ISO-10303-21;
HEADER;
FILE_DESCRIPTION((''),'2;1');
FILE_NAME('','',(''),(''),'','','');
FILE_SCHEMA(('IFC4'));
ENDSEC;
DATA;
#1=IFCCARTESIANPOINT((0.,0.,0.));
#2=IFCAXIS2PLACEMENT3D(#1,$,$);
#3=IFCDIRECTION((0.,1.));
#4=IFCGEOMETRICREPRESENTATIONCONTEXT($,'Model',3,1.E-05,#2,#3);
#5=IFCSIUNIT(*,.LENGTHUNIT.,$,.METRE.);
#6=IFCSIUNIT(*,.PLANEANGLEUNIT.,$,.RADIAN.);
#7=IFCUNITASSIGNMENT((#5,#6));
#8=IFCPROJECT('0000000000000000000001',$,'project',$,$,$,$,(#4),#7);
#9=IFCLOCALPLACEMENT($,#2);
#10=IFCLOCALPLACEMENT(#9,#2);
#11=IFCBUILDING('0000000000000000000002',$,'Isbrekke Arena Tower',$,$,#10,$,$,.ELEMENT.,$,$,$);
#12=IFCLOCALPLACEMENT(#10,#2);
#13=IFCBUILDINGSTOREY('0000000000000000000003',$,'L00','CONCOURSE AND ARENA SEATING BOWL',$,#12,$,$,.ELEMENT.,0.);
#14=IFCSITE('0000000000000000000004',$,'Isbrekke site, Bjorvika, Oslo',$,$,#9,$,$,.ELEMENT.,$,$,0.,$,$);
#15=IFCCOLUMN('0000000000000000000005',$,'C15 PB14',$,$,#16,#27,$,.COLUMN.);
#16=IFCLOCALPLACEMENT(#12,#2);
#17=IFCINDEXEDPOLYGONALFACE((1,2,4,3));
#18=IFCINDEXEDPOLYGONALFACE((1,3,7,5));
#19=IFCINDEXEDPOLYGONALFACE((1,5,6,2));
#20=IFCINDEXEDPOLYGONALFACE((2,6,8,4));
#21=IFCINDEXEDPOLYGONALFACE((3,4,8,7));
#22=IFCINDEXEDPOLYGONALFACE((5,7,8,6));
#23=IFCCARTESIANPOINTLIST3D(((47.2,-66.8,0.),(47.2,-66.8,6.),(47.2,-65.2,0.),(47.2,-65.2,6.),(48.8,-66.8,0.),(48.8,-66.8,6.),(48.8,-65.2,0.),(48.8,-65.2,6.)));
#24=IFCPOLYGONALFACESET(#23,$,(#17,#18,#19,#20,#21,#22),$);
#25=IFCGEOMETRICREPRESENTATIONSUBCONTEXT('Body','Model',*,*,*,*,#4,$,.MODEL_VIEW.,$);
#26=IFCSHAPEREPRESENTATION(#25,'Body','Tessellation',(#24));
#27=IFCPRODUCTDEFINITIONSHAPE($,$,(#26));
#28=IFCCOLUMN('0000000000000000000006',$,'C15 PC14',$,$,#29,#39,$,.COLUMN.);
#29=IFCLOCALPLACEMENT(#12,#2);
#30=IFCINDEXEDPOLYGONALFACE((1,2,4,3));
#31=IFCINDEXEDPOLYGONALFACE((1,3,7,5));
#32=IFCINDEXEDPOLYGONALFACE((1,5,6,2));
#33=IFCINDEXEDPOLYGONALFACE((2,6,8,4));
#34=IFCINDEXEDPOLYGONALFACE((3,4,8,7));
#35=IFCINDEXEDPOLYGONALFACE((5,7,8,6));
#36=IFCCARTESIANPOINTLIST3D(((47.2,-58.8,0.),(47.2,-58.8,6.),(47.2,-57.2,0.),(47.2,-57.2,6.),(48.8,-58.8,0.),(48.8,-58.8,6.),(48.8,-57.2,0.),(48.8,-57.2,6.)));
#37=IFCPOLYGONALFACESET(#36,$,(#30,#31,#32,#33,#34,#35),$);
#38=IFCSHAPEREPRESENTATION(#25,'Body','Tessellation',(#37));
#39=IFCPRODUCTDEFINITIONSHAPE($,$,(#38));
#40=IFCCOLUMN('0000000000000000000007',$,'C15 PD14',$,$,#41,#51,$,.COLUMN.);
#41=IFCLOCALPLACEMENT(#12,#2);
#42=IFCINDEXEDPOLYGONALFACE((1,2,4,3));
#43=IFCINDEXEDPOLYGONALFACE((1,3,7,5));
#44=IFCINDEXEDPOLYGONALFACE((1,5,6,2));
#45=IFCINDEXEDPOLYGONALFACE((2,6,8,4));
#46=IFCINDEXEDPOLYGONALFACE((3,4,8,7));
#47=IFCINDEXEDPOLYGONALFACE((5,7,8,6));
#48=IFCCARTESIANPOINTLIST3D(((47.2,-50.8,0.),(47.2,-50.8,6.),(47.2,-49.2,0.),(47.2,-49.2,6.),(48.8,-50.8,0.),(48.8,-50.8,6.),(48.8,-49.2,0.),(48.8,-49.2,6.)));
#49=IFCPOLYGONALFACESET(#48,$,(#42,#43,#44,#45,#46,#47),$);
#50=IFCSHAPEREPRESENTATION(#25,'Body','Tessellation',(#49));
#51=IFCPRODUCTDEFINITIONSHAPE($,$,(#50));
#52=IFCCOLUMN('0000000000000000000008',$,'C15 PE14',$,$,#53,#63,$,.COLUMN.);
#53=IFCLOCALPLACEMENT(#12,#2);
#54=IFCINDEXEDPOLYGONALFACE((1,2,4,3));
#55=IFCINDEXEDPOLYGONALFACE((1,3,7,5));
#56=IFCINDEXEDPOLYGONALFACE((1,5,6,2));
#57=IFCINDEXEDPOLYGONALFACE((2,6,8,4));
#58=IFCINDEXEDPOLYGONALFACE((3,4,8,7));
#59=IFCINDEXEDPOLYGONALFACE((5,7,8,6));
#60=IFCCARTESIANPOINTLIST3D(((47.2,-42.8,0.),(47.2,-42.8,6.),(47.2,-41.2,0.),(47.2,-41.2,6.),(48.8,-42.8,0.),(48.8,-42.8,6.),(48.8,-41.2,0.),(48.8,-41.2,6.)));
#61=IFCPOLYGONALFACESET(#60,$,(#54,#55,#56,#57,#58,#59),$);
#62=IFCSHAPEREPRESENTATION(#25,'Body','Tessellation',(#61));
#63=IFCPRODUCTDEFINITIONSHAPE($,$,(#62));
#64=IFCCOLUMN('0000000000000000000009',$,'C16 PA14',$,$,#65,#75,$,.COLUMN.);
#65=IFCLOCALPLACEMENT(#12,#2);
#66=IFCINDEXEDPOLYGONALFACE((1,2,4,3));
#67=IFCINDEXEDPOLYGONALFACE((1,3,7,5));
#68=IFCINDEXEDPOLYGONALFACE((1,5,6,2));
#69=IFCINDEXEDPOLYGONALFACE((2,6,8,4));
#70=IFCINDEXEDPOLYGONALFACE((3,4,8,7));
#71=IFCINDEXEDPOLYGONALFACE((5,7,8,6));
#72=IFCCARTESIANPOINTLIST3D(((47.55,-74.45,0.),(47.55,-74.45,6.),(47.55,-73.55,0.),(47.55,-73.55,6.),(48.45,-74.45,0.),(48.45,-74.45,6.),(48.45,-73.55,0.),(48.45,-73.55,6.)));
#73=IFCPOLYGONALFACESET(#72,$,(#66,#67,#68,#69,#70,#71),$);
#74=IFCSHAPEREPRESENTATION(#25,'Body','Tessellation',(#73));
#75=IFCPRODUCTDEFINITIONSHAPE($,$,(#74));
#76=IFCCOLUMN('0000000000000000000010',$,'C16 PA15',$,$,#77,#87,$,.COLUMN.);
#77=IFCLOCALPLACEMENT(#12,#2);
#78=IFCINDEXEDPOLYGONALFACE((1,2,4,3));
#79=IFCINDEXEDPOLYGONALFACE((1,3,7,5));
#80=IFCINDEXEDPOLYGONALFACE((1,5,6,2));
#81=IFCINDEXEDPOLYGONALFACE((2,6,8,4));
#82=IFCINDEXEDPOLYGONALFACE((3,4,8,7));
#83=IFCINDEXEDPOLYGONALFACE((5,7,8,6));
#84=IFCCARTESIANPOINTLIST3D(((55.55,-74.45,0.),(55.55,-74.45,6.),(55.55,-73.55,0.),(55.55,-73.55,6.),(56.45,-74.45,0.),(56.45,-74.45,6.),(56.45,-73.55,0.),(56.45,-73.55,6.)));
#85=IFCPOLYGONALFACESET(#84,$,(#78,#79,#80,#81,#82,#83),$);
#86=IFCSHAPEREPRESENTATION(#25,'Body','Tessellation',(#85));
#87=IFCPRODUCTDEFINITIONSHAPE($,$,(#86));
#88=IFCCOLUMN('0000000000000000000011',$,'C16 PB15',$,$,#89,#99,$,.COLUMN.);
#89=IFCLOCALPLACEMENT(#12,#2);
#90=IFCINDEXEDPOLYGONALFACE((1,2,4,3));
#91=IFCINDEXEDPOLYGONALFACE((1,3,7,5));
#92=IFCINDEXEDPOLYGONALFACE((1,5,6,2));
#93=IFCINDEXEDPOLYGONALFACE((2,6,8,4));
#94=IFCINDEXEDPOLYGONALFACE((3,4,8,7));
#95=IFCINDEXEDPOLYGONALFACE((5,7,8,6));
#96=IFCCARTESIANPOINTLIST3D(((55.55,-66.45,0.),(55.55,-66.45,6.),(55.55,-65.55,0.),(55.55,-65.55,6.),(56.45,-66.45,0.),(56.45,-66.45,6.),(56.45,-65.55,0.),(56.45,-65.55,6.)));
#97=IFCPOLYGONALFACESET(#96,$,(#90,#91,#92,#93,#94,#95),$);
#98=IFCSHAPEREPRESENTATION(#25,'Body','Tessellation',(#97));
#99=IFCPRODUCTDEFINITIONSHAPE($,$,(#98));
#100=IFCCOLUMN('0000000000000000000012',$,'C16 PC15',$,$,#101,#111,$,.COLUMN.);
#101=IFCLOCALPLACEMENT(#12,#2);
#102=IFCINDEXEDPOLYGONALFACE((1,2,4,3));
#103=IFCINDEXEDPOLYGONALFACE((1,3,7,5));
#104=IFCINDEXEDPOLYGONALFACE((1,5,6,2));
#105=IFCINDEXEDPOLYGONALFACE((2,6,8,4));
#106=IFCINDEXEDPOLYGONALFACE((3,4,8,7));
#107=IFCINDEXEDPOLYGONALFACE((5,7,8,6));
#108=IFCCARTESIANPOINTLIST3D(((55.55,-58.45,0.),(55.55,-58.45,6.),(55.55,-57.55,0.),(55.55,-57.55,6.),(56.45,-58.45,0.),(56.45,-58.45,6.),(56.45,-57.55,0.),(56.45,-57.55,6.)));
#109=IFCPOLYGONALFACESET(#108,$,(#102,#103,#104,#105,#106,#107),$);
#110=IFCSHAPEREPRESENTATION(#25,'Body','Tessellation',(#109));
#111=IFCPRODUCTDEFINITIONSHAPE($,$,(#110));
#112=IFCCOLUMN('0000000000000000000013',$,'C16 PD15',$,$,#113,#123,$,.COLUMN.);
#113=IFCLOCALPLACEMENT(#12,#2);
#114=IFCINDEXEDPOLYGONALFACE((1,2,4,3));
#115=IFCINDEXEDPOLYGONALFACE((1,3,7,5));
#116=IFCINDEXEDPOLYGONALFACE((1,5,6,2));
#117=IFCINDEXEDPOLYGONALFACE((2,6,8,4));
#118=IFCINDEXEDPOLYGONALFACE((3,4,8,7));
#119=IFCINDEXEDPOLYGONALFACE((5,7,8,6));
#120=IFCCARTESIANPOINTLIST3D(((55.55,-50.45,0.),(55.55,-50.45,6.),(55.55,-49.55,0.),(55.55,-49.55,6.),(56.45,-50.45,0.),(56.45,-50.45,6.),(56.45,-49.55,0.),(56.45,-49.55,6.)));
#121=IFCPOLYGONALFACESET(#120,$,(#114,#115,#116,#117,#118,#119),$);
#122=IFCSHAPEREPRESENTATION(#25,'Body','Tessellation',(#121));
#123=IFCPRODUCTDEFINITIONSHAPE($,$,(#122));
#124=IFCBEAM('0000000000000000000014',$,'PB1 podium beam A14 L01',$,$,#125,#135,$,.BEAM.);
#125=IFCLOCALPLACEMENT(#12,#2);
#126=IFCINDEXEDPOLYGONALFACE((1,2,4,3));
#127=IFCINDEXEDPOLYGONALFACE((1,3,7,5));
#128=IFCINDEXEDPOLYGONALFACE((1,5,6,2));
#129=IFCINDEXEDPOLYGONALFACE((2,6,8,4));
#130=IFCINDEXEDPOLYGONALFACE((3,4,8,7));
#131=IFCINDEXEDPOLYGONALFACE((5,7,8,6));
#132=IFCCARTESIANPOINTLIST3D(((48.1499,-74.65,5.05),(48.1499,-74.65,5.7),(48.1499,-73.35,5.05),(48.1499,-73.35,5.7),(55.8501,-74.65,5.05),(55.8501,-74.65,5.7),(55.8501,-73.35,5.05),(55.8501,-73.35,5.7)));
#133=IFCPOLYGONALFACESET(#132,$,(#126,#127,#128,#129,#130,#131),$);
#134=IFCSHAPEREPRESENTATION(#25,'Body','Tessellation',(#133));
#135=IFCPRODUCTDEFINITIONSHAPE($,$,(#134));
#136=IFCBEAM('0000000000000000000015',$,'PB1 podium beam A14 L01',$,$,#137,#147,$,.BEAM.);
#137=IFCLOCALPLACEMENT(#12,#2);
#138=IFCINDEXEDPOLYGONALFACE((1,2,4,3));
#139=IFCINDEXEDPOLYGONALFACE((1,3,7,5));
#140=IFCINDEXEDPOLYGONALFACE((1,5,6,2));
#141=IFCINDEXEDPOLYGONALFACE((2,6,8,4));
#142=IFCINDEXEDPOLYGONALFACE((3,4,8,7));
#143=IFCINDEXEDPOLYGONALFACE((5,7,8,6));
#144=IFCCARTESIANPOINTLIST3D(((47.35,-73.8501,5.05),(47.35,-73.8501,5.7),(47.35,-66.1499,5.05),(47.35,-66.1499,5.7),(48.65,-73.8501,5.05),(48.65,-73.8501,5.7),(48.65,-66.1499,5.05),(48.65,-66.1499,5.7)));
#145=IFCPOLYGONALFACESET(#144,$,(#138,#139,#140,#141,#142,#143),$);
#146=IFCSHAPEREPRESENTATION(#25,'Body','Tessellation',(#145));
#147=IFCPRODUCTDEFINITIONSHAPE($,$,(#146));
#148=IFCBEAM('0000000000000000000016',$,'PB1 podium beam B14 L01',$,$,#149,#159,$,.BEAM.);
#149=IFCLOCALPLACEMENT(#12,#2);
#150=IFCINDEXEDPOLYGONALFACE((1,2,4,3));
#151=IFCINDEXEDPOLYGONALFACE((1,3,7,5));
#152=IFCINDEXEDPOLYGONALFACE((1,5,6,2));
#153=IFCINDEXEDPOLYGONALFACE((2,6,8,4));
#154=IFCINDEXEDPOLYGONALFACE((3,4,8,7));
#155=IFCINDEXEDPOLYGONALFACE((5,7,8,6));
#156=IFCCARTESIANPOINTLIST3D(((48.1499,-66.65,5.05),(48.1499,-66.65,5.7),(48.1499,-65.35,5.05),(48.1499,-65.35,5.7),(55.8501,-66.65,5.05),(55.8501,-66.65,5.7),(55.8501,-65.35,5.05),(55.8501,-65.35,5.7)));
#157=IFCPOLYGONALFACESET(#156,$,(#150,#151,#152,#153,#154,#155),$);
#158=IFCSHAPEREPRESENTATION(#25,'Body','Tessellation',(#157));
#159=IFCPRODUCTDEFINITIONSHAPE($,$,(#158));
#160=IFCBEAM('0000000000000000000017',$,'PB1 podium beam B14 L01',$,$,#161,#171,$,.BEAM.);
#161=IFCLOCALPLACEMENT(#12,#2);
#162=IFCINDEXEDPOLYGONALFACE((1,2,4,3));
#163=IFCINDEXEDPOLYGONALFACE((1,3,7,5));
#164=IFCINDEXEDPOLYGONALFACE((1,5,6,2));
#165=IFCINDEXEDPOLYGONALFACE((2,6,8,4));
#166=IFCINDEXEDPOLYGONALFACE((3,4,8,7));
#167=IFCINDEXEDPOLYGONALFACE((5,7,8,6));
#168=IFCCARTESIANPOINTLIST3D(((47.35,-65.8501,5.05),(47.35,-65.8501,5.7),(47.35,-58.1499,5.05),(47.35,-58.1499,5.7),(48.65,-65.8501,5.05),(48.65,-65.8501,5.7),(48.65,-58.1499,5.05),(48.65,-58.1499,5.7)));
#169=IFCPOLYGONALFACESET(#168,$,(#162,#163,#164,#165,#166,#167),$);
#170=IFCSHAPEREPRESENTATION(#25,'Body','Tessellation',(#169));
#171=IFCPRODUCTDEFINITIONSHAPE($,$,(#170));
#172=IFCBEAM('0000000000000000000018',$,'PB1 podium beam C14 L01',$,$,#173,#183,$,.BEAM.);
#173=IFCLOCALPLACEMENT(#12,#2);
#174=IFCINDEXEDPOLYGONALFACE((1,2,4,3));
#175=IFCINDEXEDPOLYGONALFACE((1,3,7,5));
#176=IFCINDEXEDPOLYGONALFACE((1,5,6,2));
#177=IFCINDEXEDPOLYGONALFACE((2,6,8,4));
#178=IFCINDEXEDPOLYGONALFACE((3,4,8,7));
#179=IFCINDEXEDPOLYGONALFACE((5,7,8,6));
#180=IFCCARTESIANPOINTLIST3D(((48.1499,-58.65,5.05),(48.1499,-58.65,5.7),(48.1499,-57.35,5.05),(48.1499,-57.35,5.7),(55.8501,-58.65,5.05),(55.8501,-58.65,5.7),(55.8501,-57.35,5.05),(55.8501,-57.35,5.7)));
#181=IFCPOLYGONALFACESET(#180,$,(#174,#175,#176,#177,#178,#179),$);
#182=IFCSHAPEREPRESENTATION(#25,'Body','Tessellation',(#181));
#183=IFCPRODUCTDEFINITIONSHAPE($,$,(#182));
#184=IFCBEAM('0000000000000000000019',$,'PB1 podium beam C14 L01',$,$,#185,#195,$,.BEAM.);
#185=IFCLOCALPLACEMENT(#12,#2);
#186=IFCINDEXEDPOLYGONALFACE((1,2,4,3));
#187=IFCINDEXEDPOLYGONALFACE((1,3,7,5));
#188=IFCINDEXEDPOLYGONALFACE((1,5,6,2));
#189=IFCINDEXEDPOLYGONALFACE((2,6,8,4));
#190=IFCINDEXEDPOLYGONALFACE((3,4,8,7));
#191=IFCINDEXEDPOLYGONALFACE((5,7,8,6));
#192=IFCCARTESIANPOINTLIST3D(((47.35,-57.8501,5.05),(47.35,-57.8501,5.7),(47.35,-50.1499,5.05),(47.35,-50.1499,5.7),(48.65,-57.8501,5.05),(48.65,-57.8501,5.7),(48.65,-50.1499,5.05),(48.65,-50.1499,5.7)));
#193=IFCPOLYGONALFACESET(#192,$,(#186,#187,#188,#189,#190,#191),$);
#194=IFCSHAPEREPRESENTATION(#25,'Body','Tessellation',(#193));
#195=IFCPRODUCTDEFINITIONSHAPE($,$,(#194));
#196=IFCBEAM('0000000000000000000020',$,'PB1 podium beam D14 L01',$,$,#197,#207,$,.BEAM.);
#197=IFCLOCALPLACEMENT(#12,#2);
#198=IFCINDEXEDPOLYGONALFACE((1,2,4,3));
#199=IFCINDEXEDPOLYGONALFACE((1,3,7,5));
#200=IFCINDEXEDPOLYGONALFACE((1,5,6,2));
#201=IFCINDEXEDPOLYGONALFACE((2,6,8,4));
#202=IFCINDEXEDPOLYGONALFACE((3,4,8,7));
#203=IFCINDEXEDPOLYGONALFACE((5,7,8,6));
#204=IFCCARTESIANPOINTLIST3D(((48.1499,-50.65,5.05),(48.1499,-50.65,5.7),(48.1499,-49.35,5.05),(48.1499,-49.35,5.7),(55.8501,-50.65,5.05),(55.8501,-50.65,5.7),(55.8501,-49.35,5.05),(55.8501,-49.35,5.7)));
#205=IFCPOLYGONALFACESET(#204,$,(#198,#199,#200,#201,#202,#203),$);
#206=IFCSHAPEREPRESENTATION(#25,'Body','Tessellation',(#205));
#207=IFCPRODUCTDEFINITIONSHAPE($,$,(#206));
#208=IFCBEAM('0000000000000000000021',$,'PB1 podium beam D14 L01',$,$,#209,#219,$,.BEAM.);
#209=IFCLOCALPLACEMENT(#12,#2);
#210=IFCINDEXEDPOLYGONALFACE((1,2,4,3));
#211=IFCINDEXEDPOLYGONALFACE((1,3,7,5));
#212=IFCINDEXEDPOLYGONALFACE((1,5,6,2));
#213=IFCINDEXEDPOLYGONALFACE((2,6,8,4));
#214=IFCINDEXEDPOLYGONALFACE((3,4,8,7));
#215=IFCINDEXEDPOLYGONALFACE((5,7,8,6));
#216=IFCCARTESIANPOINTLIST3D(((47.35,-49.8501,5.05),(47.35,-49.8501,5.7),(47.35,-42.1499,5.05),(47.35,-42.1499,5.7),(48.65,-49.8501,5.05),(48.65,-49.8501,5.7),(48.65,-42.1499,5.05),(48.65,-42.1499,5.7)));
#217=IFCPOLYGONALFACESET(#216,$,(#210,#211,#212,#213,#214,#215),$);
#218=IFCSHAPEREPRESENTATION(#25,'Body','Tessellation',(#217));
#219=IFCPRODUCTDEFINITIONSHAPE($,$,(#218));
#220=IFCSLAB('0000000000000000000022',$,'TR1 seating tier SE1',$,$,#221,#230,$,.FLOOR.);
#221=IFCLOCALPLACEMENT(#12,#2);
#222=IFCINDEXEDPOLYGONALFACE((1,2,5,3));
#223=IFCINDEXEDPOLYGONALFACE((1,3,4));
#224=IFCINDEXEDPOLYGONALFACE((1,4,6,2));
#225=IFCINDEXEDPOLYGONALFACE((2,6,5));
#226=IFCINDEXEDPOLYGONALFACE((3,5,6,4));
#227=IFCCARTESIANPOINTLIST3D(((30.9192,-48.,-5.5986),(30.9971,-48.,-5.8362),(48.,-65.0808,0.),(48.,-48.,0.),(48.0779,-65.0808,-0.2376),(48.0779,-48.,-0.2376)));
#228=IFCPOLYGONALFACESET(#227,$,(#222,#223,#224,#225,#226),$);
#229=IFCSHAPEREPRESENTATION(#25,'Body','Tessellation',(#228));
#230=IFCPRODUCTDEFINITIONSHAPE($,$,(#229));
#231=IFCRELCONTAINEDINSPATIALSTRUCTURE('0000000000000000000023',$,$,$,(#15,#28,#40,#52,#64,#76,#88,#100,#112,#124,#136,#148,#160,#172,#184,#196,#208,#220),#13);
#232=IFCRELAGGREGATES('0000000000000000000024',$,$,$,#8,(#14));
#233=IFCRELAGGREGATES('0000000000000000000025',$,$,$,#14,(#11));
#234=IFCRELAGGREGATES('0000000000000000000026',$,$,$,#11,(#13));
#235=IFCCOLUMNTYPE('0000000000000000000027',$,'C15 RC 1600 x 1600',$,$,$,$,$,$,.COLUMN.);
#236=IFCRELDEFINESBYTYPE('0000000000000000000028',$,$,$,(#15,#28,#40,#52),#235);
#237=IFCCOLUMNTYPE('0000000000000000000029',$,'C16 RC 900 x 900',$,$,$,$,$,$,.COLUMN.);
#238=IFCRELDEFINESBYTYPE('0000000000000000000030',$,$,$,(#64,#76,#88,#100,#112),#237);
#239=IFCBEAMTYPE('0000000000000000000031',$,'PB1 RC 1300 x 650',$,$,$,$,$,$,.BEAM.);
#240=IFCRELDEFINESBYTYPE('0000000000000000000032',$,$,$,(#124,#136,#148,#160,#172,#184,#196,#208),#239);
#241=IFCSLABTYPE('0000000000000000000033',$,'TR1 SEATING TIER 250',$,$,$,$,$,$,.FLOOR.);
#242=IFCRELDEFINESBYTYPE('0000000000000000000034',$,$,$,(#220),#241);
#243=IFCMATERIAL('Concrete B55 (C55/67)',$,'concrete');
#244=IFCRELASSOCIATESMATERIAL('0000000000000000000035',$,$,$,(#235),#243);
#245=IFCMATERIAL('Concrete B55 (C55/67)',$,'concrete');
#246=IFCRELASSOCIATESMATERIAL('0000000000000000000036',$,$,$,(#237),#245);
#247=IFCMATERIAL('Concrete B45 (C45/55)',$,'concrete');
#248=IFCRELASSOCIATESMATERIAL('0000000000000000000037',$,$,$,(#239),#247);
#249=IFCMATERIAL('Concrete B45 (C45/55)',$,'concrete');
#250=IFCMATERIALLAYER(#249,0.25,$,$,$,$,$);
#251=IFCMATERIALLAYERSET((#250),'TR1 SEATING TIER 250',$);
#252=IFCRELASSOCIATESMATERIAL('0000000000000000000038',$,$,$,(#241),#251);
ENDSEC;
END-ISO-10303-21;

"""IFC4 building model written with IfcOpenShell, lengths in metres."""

from ifc_helpers import new_model, si_unit, direction, frame, origin, origin_2d, place, context, subcontext, project, spatial, polyline, rectangle, outline, extrude, material, layer, layer_set, material_profile, profile_set, type_object, element, save


model = new_model("IFC4")

# Units and contexts
model_context = context("Model", 3, precision=1e-05, world=origin(), true_north=direction((0.0, 1.0)))
body_context = subcontext(model_context, "Body", "Model", "MODEL_VIEW")
ifc_project = project(units=[si_unit("LENGTHUNIT", "METRE"), si_unit("PLANEANGLEUNIT", "RADIAN")], contexts=[model_context])

# Site, building, storey
site_placement = place(None, origin())
site = spatial("IfcSite", under=ifc_project, at=site_placement, Name="Isbrekke site, Bjorvika, Oslo", CompositionType="ELEMENT", RefElevation=0.0)
building_placement = place(site_placement, origin())
building = spatial("IfcBuilding", under=site, at=building_placement, Name="Isbrekke Arena Tower", CompositionType="ELEMENT")
storey_placement = place(building_placement, origin())
storey = spatial("IfcBuildingStorey", under=building, at=storey_placement, Name="L00", Description="CONCOURSE AND ARENA SEATING BOWL", CompositionType="ELEMENT", Elevation=0.0)

# Columns
ifc_material_1 = material(Name="Concrete B55 (C55/67)", Category="concrete")
ifc_material_profile_1 = material_profile(ifc_material_1, rectangle(XDim=1.6001, YDim=1.6001, at=origin_2d()), Name="RC 1600x1600")
ifc_profile_set_1 = profile_set([ifc_material_profile_1], Name="Concrete B55 (C55/67)")
column_type_1 = type_object("IfcColumnType", Name="C15 RC 1600 x 1600", PredefinedType="COLUMN", material=ifc_profile_set_1)
for number, where, z_axis, x_axis, name in (
    (1, (48.0, -66.0, 0.0), (0.0, 0.0, 1.0), (1.0, 0.0, 0.0), "C15 PB14"),
    (2, (48.0, -58.0, 0.0), (0.0, 0.0, 1.0), (1.0, 0.0, 0.0), "C15 PC14"),
    (3, (48.0, -50.0, 0.0), (0.0, 0.0, 1.0), (1.0, 0.0, 0.0), "C15 PD14"),
    (4, (48.0, -42.0, 0.0), (0.0, 0.0, 1.0), (1.0, 0.0, 0.0), "C15 PE14"),
):
    element("IfcColumn", number, at=place(storey_placement, frame(where, z_axis=z_axis, x_axis=x_axis)), inside=storey, type_object=column_type_1, Name=name, PredefinedType="COLUMN", context=body_context, shape_type="SweptSolid", body=[
        extrude(rectangle(XDim=1.6001, YDim=1.6001, at=origin_2d()), origin(), (0.0, 0.0, 1.0), 6.0),
    ])
ifc_material_2 = material(Name="Concrete B55 (C55/67)", Category="concrete")
ifc_material_profile_2 = material_profile(ifc_material_2, rectangle(XDim=0.8999, YDim=0.8999, at=origin_2d()), Name="RC 900x900")
ifc_profile_set_2 = profile_set([ifc_material_profile_2], Name="Concrete B55 (C55/67)")
column_type_2 = type_object("IfcColumnType", Name="C16 RC 900 x 900", PredefinedType="COLUMN", material=ifc_profile_set_2)
for number, where, z_axis, x_axis, name in (
    (5, (48.0, -74.0, 0.0), (0.0, 0.0, 1.0), (1.0, 0.0, 0.0), "C16 PA14"),
    (6, (56.0, -74.0, 0.0), (0.0, 0.0, 1.0), (1.0, 0.0, 0.0), "C16 PA15"),
    (7, (56.0, -66.0, 0.0), (0.0, 0.0, 1.0), (1.0, 0.0, 0.0), "C16 PB15"),
    (8, (56.0, -58.0, 0.0), (0.0, 0.0, 1.0), (1.0, 0.0, 0.0), "C16 PC15"),
    (9, (56.0, -50.0, 0.0), (0.0, 0.0, 1.0), (1.0, 0.0, 0.0), "C16 PD15"),
):
    element("IfcColumn", number, at=place(storey_placement, frame(where, z_axis=z_axis, x_axis=x_axis)), inside=storey, type_object=column_type_2, Name=name, PredefinedType="COLUMN", context=body_context, shape_type="SweptSolid", body=[
        extrude(rectangle(XDim=0.8999, YDim=0.8999, at=origin_2d()), origin(), (0.0, 0.0, 1.0), 6.0),
    ])

# Beams
ifc_material_3 = material(Name="Concrete B45 (C45/55)", Category="concrete")
ifc_material_profile_3 = material_profile(ifc_material_3, rectangle(XDim=1.3, YDim=0.6499, at=origin_2d()), Name="RC 1300x650")
ifc_profile_set_3 = profile_set([ifc_material_profile_3], Name="Concrete B45 (C45/55)")
beam_type = type_object("IfcBeamType", Name="PB1 RC 1300 x 650", PredefinedType="BEAM", material=ifc_profile_set_3)
for number, where, z_axis, x_axis, name in (
    (10, (48.1499, -74.0, 5.375), (1.0, 0.0, 0.0), (0.0, 1.0, 0.0), "PB1 podium beam A14 L01"),
    (11, (48.0, -73.8501, 5.375), (0.0, 1.0, 0.0), (-1.0, 0.0, 0.0), "PB1 podium beam A14 L01"),
    (12, (48.1499, -66.0, 5.375), (1.0, 0.0, 0.0), (0.0, 1.0, 0.0), "PB1 podium beam B14 L01"),
    (13, (48.0, -65.8501, 5.375), (0.0, 1.0, 0.0), (-1.0, 0.0, 0.0), "PB1 podium beam B14 L01"),
    (14, (48.1499, -58.0, 5.375), (1.0, 0.0, 0.0), (0.0, 1.0, 0.0), "PB1 podium beam C14 L01"),
    (15, (48.0, -57.8501, 5.375), (0.0, 1.0, 0.0), (-1.0, 0.0, 0.0), "PB1 podium beam C14 L01"),
    (16, (48.1499, -50.0, 5.375), (1.0, 0.0, 0.0), (0.0, 1.0, 0.0), "PB1 podium beam D14 L01"),
    (17, (48.0, -49.8501, 5.375), (0.0, 1.0, 0.0), (-1.0, 0.0, 0.0), "PB1 podium beam D14 L01"),
):
    element("IfcBeam", number, at=place(storey_placement, frame(where, z_axis=z_axis, x_axis=x_axis)), inside=storey, type_object=beam_type, Name=name, PredefinedType="BEAM", context=body_context, shape_type="SweptSolid", body=[
        extrude(rectangle(XDim=1.3, YDim=0.6499, at=origin_2d()), origin(), (0.0, 0.0, 1.0), 7.7002),
    ])

# Slab
ifc_material_4 = material(Name="Concrete B45 (C45/55)", Category="concrete")
ifc_layer_1 = layer(ifc_material_4, 0.25)
ifc_layer_set_1 = layer_set([ifc_layer_1], Name="TR1 SEATING TIER 250")
slab_type = type_object("IfcSlabType", Name="TR1 SEATING TIER 250", PredefinedType="FLOOR", material=ifc_layer_set_1)
slab_placement = place(storey_placement, frame((48.0, -48.0, 0.0), z_axis=(-0.311469, 0.0, 0.950256), x_axis=(0.0, -1.0, 0.0)))
element("IfcSlab", 18, at=slab_placement, inside=storey, type_object=slab_type, Name="TR1 seating tier SE1", PredefinedType="FLOOR", context=body_context, shape_type="SweptSolid", body=[
    extrude(outline(polyline([(0.0, 0.0), (17.0808, 0.0), (0.0, -17.9749), (0.0, 0.0)])), origin(), (0.0, 0.0, -1.0), 0.25),
])

save(model, "model.ifc")
